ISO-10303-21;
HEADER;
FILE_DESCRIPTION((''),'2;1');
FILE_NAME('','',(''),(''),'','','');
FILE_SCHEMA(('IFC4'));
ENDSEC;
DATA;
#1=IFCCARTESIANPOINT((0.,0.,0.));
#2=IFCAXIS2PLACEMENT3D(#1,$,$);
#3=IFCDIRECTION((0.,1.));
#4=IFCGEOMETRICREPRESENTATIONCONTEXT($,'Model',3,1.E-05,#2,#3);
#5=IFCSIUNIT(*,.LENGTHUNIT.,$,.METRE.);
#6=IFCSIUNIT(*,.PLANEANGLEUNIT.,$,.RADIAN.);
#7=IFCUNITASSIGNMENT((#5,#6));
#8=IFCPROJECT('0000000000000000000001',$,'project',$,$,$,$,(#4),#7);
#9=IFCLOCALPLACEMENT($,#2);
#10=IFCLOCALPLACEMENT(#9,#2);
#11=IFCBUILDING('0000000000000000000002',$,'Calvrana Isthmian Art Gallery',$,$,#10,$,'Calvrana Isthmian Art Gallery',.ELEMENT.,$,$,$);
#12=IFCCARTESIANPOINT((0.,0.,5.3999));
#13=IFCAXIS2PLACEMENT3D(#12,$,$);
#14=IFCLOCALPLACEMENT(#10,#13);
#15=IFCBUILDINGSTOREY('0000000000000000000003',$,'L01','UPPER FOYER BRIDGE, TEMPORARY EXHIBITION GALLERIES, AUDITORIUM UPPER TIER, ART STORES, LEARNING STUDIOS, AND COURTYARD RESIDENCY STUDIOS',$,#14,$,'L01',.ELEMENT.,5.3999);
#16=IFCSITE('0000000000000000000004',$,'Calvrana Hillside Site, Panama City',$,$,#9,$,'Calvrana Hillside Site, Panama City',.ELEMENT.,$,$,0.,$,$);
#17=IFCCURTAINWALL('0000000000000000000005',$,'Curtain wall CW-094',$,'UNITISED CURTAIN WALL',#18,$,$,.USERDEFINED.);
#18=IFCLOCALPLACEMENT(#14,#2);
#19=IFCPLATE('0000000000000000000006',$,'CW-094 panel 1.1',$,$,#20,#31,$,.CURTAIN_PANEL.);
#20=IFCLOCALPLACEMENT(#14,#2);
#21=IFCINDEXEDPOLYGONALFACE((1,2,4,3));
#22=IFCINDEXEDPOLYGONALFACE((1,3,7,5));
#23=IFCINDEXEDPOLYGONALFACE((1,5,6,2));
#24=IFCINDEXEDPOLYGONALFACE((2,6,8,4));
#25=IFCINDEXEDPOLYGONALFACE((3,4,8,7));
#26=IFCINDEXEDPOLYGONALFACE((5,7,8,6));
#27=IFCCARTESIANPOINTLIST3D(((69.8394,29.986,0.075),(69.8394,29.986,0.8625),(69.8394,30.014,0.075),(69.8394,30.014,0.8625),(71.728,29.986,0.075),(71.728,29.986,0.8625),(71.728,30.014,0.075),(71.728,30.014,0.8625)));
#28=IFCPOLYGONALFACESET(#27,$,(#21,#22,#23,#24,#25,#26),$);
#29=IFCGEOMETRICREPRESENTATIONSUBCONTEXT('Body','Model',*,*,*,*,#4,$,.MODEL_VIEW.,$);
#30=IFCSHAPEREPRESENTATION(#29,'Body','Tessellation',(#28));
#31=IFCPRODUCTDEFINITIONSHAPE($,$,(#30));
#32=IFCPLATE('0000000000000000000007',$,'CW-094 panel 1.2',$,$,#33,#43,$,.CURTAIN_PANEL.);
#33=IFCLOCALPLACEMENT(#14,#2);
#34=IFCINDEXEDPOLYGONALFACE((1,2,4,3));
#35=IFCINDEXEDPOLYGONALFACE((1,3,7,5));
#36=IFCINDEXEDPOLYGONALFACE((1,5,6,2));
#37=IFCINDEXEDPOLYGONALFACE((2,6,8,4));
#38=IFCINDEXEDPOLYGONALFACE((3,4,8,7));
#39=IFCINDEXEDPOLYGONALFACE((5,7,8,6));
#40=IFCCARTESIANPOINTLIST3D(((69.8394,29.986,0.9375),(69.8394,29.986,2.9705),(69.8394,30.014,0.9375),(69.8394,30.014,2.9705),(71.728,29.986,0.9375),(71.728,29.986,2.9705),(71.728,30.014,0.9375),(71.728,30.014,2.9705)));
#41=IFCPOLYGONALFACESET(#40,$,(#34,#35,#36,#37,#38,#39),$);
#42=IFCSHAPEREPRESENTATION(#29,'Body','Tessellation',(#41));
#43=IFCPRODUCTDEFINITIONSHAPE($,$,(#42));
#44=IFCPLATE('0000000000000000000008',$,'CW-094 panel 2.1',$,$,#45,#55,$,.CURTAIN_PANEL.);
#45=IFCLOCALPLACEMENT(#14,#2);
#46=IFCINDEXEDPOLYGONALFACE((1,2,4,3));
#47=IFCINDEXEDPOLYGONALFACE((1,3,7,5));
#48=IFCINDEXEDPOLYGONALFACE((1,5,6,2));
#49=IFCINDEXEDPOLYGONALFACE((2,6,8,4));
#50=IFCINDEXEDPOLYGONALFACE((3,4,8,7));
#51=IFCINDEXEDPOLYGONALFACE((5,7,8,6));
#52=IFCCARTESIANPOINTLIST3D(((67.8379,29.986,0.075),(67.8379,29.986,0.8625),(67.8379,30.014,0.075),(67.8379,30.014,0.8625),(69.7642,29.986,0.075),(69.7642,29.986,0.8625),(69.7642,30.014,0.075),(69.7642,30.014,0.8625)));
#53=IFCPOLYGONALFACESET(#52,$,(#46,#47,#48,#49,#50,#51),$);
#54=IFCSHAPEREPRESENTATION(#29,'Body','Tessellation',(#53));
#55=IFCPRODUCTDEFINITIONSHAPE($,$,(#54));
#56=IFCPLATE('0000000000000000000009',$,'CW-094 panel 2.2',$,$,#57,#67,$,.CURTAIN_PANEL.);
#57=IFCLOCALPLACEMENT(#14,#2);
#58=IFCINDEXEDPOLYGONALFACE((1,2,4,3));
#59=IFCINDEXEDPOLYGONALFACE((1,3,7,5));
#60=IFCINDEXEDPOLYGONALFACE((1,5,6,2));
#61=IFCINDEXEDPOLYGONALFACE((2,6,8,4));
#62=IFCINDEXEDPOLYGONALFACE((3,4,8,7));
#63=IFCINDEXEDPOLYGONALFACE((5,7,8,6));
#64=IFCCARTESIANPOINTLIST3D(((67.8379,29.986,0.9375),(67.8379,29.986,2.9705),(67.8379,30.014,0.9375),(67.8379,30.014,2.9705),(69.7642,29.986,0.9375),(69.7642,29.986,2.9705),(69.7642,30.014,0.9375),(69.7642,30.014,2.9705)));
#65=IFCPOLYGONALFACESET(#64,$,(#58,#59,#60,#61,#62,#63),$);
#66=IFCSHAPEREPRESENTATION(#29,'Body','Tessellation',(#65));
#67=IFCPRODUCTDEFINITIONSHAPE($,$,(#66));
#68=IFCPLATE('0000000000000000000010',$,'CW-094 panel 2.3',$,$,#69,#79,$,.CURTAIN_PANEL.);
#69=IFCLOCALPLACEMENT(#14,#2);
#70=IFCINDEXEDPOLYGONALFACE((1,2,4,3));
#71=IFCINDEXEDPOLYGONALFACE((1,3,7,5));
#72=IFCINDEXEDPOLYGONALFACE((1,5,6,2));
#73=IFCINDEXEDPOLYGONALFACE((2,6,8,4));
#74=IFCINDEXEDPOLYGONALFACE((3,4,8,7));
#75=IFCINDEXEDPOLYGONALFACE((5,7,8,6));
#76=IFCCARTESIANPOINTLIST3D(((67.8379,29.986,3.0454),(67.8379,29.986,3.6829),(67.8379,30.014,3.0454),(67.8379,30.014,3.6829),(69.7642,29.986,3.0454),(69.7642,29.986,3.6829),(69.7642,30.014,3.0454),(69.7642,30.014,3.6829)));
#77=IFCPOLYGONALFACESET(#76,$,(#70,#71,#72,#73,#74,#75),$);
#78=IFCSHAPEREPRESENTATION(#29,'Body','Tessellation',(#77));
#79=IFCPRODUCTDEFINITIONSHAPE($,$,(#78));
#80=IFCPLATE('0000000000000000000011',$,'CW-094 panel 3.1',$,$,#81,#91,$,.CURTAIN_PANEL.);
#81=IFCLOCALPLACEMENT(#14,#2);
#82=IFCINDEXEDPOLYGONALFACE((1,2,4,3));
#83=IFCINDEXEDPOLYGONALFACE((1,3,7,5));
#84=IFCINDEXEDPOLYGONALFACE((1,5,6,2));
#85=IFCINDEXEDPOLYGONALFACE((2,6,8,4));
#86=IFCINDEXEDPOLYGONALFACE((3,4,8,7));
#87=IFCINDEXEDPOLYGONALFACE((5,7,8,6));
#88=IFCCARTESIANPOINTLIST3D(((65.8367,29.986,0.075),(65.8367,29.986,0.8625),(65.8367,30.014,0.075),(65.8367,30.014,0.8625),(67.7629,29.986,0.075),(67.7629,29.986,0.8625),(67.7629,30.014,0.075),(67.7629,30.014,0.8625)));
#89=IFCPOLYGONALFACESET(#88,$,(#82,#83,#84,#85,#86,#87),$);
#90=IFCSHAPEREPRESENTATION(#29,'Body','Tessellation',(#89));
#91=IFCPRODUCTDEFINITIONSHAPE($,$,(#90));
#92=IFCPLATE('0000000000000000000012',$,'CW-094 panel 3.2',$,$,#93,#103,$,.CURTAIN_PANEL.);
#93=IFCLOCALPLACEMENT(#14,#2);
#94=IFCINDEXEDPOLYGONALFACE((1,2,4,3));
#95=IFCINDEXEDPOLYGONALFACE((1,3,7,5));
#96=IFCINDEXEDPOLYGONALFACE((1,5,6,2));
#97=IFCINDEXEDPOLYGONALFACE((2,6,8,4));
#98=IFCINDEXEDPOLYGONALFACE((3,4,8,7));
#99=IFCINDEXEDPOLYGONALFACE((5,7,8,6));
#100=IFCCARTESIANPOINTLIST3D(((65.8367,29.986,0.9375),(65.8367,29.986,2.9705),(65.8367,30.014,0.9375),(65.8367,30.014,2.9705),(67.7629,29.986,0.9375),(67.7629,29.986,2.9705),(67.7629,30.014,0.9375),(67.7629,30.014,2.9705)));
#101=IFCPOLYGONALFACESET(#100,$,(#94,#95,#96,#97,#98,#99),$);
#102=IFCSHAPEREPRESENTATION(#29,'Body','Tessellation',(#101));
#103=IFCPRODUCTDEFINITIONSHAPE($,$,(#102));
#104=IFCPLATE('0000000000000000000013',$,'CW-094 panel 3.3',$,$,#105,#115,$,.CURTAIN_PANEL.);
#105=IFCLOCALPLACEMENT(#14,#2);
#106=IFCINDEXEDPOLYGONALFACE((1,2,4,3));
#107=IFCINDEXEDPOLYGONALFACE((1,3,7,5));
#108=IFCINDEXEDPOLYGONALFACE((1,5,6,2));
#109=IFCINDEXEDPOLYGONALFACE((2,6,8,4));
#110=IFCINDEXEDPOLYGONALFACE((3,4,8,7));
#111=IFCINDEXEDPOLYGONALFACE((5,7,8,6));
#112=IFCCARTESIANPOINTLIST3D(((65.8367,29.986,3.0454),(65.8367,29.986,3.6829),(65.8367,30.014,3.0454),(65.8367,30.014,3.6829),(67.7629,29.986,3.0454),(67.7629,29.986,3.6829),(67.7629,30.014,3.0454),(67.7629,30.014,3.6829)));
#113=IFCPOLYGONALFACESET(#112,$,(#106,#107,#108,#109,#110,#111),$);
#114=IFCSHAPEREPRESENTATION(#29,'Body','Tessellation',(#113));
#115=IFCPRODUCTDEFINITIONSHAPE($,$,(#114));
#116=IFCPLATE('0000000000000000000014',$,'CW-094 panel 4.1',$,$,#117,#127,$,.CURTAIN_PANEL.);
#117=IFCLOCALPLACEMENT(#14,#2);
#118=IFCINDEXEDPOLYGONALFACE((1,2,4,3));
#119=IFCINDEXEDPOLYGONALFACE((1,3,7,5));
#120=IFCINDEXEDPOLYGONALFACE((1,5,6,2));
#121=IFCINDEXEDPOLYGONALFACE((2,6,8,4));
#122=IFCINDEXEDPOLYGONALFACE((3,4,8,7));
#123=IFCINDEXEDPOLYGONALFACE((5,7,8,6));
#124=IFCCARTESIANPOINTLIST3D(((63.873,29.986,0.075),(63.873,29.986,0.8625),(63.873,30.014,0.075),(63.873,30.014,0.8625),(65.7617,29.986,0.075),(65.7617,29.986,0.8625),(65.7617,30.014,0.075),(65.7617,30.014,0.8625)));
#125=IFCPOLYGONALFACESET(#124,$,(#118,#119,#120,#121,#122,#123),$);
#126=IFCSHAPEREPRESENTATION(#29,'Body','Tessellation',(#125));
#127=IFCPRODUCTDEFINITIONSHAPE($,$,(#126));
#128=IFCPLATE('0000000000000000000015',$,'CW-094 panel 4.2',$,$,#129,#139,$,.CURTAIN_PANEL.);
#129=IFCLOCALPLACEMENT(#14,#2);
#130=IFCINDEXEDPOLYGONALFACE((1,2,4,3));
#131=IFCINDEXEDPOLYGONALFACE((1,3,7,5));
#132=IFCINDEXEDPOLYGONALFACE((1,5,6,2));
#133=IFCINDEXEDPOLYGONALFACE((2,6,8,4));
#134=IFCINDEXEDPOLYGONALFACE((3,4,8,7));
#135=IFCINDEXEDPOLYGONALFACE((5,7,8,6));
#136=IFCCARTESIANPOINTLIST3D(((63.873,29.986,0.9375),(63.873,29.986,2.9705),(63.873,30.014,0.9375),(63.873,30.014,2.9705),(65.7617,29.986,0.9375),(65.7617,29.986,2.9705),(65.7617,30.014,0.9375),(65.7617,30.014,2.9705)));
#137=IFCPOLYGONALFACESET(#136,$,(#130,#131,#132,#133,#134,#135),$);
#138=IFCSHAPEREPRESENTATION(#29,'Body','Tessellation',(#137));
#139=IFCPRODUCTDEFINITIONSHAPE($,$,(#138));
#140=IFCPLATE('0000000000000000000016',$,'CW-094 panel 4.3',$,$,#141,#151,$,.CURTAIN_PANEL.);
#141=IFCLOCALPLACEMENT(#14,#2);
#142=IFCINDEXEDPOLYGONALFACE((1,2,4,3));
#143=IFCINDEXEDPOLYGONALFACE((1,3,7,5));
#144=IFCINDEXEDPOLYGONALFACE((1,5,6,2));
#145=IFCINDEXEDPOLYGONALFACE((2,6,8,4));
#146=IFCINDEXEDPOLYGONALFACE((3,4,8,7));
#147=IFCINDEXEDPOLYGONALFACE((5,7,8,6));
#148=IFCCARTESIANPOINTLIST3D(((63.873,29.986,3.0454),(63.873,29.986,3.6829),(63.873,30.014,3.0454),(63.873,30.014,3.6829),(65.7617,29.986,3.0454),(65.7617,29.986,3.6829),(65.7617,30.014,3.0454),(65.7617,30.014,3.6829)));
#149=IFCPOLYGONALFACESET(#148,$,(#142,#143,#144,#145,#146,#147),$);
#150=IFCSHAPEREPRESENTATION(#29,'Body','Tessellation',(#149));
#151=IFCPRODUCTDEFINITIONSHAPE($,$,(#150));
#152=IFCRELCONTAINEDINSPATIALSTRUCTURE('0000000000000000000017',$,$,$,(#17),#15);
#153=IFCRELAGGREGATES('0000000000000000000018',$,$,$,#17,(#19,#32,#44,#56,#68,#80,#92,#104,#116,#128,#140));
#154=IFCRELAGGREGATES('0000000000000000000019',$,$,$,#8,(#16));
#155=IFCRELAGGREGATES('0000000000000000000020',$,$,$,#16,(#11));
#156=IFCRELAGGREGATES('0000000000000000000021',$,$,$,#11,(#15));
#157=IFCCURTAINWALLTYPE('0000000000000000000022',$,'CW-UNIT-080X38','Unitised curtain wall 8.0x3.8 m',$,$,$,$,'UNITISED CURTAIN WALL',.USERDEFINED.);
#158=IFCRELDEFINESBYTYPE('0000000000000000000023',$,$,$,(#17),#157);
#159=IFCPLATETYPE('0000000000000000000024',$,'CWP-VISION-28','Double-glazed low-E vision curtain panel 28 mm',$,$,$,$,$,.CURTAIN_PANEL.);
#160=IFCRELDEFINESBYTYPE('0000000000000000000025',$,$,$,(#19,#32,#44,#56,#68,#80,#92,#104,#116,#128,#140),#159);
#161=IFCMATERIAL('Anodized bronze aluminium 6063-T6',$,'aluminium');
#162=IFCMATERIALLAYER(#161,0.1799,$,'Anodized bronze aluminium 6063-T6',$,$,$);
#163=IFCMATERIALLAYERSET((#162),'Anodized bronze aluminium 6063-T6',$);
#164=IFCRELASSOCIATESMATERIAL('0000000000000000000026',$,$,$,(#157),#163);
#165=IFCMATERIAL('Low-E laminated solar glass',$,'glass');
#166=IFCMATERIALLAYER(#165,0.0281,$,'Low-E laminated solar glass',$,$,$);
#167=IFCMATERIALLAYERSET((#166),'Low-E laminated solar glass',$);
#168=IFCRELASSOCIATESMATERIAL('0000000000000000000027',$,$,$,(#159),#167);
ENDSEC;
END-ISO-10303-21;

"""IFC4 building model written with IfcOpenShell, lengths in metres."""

from ifc_helpers import new_model, si_unit, direction, frame, origin, origin_2d, place, context, subcontext, project, spatial, rectangle, extrude, material, layer, layer_set, type_object, element, aggregate, save


model = new_model("IFC4")

# Units and contexts
model_context = context("Model", 3, precision=1e-05, world=origin(), true_north=direction((0.0, 1.0)))
body_context = subcontext(model_context, "Body", "Model", "MODEL_VIEW")
ifc_project = project(units=[si_unit("LENGTHUNIT", "METRE"), si_unit("PLANEANGLEUNIT", "RADIAN")], contexts=[model_context])

# Site, building, storey
site_placement = place(None, origin())
site = spatial("IfcSite", under=ifc_project, at=site_placement, Name="Calvrana Hillside Site, Panama City", LongName="Calvrana Hillside Site, Panama City", CompositionType="ELEMENT", RefElevation=0.0)
building_placement = place(site_placement, origin())
building = spatial("IfcBuilding", under=site, at=building_placement, Name="Calvrana Isthmian Art Gallery", LongName="Calvrana Isthmian Art Gallery", CompositionType="ELEMENT")
storey_placement = place(building_placement, frame((0.0, 0.0, 5.3999)))
storey = spatial("IfcBuildingStorey", under=building, at=storey_placement, Name="L01", Description="UPPER FOYER BRIDGE, TEMPORARY EXHIBITION GALLERIES, AUDITORIUM UPPER TIER, ART STORES, LEARNING STUDIOS, AND COURTYARD RESIDENCY STUDIOS", LongName="L01", CompositionType="ELEMENT", Elevation=5.3999)

# Curtain wall
ifc_material_1 = material(Name="Anodized bronze aluminium 6063-T6", Category="aluminium")
ifc_layer_1 = layer(ifc_material_1, 0.1799, Name="Anodized bronze aluminium 6063-T6")
ifc_layer_set_1 = layer_set([ifc_layer_1], Name="Anodized bronze aluminium 6063-T6")
curtain_wall_type = type_object("IfcCurtainWallType", Name="CW-UNIT-080X38", Description="Unitised curtain wall 8.0x3.8 m", ElementType="UNITISED CURTAIN WALL", PredefinedType="USERDEFINED", material=ifc_layer_set_1)
curtain_wall_1_placement = place(storey_placement, origin())
curtain_wall_1 = element("IfcCurtainWall", 1, at=curtain_wall_1_placement, inside=storey, type_object=curtain_wall_type, Name="Curtain wall CW-094", ObjectType="UNITISED CURTAIN WALL", PredefinedType="USERDEFINED")

# Plates
ifc_material_2 = material(Name="Low-E laminated solar glass", Category="glass")
ifc_layer_2 = layer(ifc_material_2, 0.0281, Name="Low-E laminated solar glass")
ifc_layer_set_2 = layer_set([ifc_layer_2], Name="Low-E laminated solar glass")
plate_type_1 = type_object("IfcPlateType", Name="CWP-VISION-28", Description="Double-glazed low-E vision curtain panel 28 mm", PredefinedType="CURTAIN_PANEL", material=ifc_layer_set_2)
plate_1_placement = place(storey_placement, frame((70.7837, 30.0, 0.075), z_axis=(0.0, 0.0, 1.0), x_axis=(-1.0, 0.0, 0.0)))
plate_1 = element("IfcPlate", 2, at=plate_1_placement, type_object=plate_type_1, Name="CW-094 panel 1.1", PredefinedType="CURTAIN_PANEL", context=body_context, shape_type="SweptSolid", body=[
    extrude(rectangle(XDim=1.8887, YDim=0.0281, at=origin_2d()), origin(), (0.0, 0.0, 1.0), 0.7876),
])
plate_2_placement = place(storey_placement, frame((70.7837, 30.0, 0.9375), z_axis=(0.0, 0.0, 1.0), x_axis=(-1.0, 0.0, 0.0)))
plate_2 = element("IfcPlate", 3, at=plate_2_placement, type_object=plate_type_1, Name="CW-094 panel 1.2", PredefinedType="CURTAIN_PANEL", context=body_context, shape_type="SweptSolid", body=[
    extrude(rectangle(XDim=1.8887, YDim=0.0281, at=origin_2d()), origin(), (0.0, 0.0, 1.0), 2.033),
])
plate_3_placement = place(storey_placement, frame((68.801, 30.0, 0.075), z_axis=(0.0, 0.0, 1.0), x_axis=(-1.0, 0.0, 0.0)))
plate_3 = element("IfcPlate", 4, at=plate_3_placement, type_object=plate_type_1, Name="CW-094 panel 2.1", PredefinedType="CURTAIN_PANEL", context=body_context, shape_type="SweptSolid", body=[
    extrude(rectangle(XDim=1.9263, YDim=0.0281, at=origin_2d()), origin(), (0.0, 0.0, 1.0), 0.7876),
])
plate_4_placement = place(storey_placement, frame((68.801, 30.0, 0.9375), z_axis=(0.0, 0.0, 1.0), x_axis=(-1.0, 0.0, 0.0)))
plate_4 = element("IfcPlate", 5, at=plate_4_placement, type_object=plate_type_1, Name="CW-094 panel 2.2", PredefinedType="CURTAIN_PANEL", context=body_context, shape_type="SweptSolid", body=[
    extrude(rectangle(XDim=1.9263, YDim=0.0281, at=origin_2d()), origin(), (0.0, 0.0, 1.0), 2.033),
])
plate_5_placement = place(storey_placement, frame((68.801, 30.0, 3.0454), z_axis=(0.0, 0.0, 1.0), x_axis=(-1.0, 0.0, 0.0)))
plate_5 = element("IfcPlate", 6, at=plate_5_placement, type_object=plate_type_1, Name="CW-094 panel 2.3", PredefinedType="CURTAIN_PANEL", context=body_context, shape_type="SweptSolid", body=[
    extrude(rectangle(XDim=1.9263, YDim=0.0281, at=origin_2d()), origin(), (0.0, 0.0, 1.0), 0.6375),
])
plate_6_placement = place(storey_placement, frame((66.7998, 30.0, 0.075), z_axis=(0.0, 0.0, 1.0), x_axis=(-1.0, 0.0, 0.0)))
plate_6 = element("IfcPlate", 7, at=plate_6_placement, type_object=plate_type_1, Name="CW-094 panel 3.1", PredefinedType="CURTAIN_PANEL", context=body_context, shape_type="SweptSolid", body=[
    extrude(rectangle(XDim=1.9263, YDim=0.0281, at=origin_2d()), origin(), (0.0, 0.0, 1.0), 0.7876),
])
plate_7_placement = place(storey_placement, frame((66.7998, 30.0, 0.9375), z_axis=(0.0, 0.0, 1.0), x_axis=(-1.0, 0.0, 0.0)))
plate_7 = element("IfcPlate", 8, at=plate_7_placement, type_object=plate_type_1, Name="CW-094 panel 3.2", PredefinedType="CURTAIN_PANEL", context=body_context, shape_type="SweptSolid", body=[
    extrude(rectangle(XDim=1.9263, YDim=0.0281, at=origin_2d()), origin(), (0.0, 0.0, 1.0), 2.033),
])
plate_8_placement = place(storey_placement, frame((66.7998, 30.0, 3.0454), z_axis=(0.0, 0.0, 1.0), x_axis=(-1.0, 0.0, 0.0)))
plate_8 = element("IfcPlate", 9, at=plate_8_placement, type_object=plate_type_1, Name="CW-094 panel 3.3", PredefinedType="CURTAIN_PANEL", context=body_context, shape_type="SweptSolid", body=[
    extrude(rectangle(XDim=1.9263, YDim=0.0281, at=origin_2d()), origin(), (0.0, 0.0, 1.0), 0.6375),
])
plate_9_placement = place(storey_placement, frame((64.8174, 30.0, 0.075), z_axis=(0.0, 0.0, 1.0), x_axis=(-1.0, 0.0, 0.0)))
plate_9 = element("IfcPlate", 10, at=plate_9_placement, type_object=plate_type_1, Name="CW-094 panel 4.1", PredefinedType="CURTAIN_PANEL", context=body_context, shape_type="SweptSolid", body=[
    extrude(rectangle(XDim=1.8887, YDim=0.0281, at=origin_2d()), origin(), (0.0, 0.0, 1.0), 0.7876),
])
plate_10_placement = place(storey_placement, frame((64.8174, 30.0, 0.9375), z_axis=(0.0, 0.0, 1.0), x_axis=(-1.0, 0.0, 0.0)))
plate_10 = element("IfcPlate", 11, at=plate_10_placement, type_object=plate_type_1, Name="CW-094 panel 4.2", PredefinedType="CURTAIN_PANEL", context=body_context, shape_type="SweptSolid", body=[
    extrude(rectangle(XDim=1.8887, YDim=0.0281, at=origin_2d()), origin(), (0.0, 0.0, 1.0), 2.033),
])
plate_11_placement = place(storey_placement, frame((64.8174, 30.0, 3.0454), z_axis=(0.0, 0.0, 1.0), x_axis=(-1.0, 0.0, 0.0)))
plate_11 = element("IfcPlate", 12, at=plate_11_placement, type_object=plate_type_1, Name="CW-094 panel 4.3", PredefinedType="CURTAIN_PANEL", context=body_context, shape_type="SweptSolid", body=[
    extrude(rectangle(XDim=1.8887, YDim=0.0281, at=origin_2d()), origin(), (0.0, 0.0, 1.0), 0.6375),
])
aggregate(curtain_wall_1, [plate_1, plate_2, plate_3, plate_4, plate_5, plate_6, plate_7, plate_8, plate_9, plate_10, plate_11])

save(model, "model.ifc")
